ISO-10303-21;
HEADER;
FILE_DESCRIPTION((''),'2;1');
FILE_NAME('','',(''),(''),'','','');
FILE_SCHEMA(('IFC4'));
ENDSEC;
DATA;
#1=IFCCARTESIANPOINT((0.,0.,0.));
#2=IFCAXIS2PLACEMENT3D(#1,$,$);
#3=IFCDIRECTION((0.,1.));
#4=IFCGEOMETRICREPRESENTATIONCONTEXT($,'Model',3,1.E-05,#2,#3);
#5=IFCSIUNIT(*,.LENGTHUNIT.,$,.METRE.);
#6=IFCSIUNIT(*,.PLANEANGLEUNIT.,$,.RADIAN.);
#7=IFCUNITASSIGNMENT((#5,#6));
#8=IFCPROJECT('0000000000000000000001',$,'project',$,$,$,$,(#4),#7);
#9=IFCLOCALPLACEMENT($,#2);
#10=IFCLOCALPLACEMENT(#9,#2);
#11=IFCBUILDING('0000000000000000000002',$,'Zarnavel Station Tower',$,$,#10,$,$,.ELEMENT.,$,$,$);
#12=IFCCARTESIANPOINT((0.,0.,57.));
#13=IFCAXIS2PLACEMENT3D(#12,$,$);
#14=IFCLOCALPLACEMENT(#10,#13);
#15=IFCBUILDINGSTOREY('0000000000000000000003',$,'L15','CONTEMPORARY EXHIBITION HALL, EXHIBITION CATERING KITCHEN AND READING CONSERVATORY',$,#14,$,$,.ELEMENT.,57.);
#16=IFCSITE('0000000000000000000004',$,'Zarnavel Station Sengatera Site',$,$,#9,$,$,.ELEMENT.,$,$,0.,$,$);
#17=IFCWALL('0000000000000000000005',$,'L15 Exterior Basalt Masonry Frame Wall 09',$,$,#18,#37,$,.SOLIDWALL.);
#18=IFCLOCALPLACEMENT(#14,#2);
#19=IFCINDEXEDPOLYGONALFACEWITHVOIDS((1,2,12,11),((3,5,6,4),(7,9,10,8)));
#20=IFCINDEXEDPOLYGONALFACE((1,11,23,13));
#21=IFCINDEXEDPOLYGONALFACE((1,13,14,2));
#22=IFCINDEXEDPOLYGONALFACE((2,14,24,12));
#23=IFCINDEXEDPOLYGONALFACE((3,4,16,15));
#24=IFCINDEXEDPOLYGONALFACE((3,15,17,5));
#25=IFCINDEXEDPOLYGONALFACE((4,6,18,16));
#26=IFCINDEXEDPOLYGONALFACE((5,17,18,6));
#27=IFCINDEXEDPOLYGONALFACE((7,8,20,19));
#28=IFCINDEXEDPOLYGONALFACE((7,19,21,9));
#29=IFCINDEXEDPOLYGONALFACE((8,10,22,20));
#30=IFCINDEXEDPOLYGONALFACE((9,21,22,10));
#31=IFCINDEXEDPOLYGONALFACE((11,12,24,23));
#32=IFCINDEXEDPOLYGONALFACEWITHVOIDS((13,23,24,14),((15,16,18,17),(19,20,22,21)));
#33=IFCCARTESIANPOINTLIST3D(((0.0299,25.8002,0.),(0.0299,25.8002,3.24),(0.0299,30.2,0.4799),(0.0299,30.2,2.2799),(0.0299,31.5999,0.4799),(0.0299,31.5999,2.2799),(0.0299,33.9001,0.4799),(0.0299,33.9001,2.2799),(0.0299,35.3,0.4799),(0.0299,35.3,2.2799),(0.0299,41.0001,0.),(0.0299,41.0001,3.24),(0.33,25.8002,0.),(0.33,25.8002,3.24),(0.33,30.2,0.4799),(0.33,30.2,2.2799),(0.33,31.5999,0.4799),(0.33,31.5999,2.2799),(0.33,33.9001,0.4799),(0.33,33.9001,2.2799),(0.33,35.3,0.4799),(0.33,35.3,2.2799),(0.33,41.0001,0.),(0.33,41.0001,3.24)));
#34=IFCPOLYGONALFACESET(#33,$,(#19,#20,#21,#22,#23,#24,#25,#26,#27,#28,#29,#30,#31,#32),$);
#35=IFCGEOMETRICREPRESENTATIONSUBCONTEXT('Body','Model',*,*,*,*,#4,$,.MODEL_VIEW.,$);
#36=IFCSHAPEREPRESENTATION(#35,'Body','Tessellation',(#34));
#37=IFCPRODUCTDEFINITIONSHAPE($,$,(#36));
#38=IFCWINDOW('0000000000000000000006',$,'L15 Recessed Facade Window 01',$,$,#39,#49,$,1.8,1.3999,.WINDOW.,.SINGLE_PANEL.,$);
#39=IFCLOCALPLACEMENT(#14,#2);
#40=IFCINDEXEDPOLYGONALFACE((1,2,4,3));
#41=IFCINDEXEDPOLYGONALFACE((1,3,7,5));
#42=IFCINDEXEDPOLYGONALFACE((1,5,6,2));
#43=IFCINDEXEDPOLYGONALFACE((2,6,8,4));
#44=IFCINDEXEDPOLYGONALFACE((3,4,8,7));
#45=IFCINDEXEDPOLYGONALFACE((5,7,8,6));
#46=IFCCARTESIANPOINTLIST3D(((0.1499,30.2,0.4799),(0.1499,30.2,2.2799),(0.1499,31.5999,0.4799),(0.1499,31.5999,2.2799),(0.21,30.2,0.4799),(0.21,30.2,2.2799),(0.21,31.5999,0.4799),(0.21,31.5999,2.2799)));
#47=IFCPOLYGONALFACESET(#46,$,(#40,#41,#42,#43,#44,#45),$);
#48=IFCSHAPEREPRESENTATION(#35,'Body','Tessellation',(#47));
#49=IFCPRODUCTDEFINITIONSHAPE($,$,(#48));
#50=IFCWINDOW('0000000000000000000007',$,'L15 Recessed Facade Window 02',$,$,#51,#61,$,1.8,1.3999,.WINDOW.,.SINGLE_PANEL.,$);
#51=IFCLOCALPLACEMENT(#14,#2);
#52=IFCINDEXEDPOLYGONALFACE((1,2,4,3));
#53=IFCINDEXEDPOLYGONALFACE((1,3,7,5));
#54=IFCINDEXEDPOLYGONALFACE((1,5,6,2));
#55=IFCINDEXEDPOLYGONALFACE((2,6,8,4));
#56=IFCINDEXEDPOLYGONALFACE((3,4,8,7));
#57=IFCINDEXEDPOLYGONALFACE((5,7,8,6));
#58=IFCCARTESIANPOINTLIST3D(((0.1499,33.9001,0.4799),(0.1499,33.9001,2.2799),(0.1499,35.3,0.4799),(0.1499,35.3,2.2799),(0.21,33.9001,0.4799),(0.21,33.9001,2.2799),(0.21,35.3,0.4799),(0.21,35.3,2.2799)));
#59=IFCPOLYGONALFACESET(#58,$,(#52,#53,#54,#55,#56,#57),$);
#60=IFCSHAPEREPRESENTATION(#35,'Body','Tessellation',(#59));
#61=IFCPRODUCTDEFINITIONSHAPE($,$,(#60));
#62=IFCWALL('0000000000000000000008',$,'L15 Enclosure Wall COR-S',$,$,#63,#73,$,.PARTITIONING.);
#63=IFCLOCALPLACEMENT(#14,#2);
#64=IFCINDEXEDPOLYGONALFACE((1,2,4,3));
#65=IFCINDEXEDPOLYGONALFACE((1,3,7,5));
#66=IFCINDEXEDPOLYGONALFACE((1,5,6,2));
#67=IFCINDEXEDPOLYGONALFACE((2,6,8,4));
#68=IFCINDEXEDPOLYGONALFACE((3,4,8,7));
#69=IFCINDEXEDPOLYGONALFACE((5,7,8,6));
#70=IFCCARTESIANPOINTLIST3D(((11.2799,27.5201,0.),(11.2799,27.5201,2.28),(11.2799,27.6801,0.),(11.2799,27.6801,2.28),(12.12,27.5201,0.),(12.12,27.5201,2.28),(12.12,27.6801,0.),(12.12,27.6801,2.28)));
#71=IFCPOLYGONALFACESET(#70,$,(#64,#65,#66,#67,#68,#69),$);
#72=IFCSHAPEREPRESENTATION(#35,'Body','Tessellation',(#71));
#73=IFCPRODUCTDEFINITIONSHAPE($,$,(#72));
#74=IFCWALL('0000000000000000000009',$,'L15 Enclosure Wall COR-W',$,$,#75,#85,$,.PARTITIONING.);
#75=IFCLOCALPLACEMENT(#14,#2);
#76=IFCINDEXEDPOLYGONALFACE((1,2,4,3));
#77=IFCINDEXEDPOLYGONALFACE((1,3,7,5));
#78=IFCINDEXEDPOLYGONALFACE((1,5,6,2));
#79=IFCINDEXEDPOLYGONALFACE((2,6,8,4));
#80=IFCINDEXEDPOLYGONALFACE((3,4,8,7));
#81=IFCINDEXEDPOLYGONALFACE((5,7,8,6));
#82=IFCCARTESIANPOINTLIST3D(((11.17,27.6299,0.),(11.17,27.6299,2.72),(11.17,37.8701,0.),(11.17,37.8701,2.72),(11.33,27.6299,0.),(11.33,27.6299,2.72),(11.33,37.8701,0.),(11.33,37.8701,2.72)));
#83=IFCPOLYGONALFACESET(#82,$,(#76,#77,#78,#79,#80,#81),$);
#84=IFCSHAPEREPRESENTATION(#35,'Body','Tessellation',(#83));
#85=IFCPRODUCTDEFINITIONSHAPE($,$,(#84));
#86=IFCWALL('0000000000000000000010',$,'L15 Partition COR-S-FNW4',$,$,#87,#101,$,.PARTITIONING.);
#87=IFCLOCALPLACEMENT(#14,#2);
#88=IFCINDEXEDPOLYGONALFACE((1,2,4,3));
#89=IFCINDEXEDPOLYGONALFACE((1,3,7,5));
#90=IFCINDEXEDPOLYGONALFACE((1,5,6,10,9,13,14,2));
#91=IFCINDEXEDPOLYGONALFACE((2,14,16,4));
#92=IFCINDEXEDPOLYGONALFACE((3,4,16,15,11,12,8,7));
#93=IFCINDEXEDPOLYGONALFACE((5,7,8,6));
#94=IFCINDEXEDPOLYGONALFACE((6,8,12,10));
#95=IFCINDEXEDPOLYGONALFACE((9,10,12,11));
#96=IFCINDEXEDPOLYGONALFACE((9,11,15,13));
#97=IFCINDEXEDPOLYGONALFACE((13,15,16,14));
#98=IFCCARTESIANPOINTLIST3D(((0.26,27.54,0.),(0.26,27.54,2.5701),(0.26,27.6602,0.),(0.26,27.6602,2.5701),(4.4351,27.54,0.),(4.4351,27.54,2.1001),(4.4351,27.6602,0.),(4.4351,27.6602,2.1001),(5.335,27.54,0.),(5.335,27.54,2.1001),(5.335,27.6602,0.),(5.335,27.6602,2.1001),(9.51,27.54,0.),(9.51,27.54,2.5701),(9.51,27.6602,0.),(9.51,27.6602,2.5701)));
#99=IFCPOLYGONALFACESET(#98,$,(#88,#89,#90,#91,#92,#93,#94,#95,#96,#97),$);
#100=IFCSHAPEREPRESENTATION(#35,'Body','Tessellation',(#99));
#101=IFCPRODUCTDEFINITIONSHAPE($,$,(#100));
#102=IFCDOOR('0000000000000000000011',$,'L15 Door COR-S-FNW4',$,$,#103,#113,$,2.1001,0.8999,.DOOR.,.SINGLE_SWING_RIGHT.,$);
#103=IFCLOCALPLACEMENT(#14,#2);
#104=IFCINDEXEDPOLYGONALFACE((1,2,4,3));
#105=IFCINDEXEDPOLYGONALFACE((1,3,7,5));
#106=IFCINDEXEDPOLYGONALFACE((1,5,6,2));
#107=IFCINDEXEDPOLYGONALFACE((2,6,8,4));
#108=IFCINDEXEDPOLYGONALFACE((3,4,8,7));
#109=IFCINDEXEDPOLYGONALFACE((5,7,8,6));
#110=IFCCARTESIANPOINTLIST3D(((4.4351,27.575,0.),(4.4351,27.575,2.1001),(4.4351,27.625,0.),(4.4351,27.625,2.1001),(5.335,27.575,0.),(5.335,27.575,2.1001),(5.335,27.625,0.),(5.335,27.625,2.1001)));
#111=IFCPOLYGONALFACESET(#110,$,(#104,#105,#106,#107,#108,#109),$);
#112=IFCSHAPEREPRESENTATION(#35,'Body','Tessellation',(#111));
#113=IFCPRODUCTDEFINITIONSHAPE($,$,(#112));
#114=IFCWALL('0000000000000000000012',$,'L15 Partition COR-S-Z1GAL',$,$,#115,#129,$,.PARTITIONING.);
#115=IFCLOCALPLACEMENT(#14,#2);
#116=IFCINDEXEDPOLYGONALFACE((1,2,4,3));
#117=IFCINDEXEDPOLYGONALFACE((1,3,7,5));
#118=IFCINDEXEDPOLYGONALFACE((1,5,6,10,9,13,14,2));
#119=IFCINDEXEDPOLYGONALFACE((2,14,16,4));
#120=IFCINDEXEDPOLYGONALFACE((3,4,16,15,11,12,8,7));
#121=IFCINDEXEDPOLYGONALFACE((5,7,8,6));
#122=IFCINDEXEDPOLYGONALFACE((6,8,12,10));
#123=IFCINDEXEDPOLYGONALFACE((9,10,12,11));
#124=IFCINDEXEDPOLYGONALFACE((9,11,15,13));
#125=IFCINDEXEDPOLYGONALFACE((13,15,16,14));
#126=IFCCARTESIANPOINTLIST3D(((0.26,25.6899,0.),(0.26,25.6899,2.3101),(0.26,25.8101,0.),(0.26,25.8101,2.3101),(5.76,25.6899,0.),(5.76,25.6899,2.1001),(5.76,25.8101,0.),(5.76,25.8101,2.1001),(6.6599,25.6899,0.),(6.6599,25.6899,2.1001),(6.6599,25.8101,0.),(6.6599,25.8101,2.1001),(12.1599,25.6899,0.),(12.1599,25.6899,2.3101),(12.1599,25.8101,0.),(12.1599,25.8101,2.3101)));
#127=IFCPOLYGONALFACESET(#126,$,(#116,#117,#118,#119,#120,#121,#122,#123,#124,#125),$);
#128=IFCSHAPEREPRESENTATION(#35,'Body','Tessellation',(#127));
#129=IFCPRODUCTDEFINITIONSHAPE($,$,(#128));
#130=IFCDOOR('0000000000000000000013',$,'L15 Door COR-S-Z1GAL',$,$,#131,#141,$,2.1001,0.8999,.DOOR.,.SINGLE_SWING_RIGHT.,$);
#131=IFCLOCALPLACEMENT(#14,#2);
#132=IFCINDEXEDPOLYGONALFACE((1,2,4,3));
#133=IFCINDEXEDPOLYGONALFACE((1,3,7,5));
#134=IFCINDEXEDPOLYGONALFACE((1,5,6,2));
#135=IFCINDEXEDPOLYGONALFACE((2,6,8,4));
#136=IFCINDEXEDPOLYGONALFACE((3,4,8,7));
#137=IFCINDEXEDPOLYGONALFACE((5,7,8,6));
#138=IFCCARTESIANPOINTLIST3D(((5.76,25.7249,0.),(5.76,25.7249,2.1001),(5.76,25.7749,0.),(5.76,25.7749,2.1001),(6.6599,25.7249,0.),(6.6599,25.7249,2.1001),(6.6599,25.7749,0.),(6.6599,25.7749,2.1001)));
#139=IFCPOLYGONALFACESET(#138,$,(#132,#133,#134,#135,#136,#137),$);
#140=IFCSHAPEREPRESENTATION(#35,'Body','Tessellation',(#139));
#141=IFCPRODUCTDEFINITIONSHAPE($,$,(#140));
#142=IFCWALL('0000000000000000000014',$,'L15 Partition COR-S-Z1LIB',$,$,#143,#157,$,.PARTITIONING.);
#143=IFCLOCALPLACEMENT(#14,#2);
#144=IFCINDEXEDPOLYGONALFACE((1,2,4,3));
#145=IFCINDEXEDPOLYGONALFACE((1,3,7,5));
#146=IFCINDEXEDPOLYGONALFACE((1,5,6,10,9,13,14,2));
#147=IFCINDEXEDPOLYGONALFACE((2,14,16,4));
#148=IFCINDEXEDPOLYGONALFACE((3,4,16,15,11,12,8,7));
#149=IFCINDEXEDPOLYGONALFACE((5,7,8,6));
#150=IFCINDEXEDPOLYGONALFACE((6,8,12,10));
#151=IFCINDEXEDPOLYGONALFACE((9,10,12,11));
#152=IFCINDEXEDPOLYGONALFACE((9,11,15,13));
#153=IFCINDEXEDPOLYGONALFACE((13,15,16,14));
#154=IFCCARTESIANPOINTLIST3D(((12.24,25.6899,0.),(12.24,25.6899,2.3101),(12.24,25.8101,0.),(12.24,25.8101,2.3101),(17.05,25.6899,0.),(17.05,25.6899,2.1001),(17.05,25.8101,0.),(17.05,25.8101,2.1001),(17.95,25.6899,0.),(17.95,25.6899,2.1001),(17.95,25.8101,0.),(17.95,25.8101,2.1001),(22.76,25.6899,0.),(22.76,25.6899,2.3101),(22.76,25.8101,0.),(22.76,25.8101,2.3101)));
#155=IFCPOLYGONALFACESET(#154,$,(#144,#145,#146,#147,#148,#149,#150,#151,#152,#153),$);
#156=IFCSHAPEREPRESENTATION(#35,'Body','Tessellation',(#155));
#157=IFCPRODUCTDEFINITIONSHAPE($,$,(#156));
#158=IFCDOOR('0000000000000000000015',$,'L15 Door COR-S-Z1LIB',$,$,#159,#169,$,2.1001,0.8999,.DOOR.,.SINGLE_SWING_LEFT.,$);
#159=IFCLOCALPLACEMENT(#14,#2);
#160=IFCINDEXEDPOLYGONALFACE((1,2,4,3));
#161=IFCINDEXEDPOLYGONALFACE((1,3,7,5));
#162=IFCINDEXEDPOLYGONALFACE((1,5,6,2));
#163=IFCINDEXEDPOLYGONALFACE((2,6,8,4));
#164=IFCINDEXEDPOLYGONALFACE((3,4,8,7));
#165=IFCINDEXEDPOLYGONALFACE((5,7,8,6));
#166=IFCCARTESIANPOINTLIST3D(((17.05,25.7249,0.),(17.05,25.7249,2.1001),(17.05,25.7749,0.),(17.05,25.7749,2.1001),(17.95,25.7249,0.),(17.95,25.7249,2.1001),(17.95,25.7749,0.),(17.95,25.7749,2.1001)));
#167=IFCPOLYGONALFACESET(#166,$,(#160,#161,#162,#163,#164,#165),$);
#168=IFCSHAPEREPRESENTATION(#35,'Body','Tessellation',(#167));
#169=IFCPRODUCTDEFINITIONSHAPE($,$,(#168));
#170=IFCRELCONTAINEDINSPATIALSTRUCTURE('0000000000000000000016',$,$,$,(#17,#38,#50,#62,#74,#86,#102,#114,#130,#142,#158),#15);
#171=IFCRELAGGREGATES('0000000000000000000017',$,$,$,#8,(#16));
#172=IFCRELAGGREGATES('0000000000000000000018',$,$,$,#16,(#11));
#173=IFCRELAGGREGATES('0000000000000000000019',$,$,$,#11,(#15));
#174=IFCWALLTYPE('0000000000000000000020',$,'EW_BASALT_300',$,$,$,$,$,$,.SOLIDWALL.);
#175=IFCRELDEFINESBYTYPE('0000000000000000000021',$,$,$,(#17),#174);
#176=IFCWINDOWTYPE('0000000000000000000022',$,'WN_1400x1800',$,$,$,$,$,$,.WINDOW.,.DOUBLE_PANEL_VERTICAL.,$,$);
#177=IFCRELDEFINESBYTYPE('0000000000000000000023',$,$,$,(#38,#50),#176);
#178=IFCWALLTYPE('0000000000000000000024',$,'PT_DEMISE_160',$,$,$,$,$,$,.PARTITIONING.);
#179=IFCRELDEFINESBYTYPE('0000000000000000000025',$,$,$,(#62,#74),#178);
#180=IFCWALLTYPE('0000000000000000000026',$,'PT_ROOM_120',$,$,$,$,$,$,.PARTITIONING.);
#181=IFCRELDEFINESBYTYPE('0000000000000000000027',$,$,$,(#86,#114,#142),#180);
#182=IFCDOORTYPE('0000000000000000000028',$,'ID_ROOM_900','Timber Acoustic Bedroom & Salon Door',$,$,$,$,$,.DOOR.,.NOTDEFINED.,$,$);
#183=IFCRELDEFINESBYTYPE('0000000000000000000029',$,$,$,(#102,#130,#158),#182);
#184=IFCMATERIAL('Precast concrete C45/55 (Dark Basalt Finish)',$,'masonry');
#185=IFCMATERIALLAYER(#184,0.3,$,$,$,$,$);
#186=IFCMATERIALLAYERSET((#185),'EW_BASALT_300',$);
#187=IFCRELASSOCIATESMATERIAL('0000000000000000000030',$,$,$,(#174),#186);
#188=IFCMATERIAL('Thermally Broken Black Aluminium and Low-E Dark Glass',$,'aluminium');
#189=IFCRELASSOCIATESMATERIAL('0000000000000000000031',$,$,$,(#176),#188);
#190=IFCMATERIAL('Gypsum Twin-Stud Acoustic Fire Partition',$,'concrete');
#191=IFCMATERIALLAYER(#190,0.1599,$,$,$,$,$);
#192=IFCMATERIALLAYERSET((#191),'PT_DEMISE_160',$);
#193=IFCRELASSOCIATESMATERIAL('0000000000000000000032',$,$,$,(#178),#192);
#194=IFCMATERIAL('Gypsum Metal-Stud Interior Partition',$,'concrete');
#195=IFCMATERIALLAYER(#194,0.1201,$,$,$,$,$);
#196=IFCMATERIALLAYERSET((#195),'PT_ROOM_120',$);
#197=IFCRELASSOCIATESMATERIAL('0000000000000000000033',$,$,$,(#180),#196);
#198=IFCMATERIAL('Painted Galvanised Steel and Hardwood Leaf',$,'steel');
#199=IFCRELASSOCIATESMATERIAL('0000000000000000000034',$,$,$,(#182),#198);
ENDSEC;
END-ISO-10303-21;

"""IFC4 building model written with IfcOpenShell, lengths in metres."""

from ifc_helpers import new_model, si_unit, direction, frame, frame_2d, origin, place, context, subcontext, project, spatial, rectangle, extrude, material, layer, layer_set, type_object, element, fill, save


model = new_model("IFC4")

# Units and contexts
model_context = context("Model", 3, precision=1e-05, world=origin(), true_north=direction((0.0, 1.0)))
body_context = subcontext(model_context, "Body", "Model", "MODEL_VIEW")
ifc_project = project(units=[si_unit("LENGTHUNIT", "METRE"), si_unit("PLANEANGLEUNIT", "RADIAN")], contexts=[model_context])

# Site, building, storey
site_placement = place(None, origin())
site = spatial("IfcSite", under=ifc_project, at=site_placement, Name="Zarnavel Station Sengatera Site", CompositionType="ELEMENT", RefElevation=0.0)
building_placement = place(site_placement, origin())
building = spatial("IfcBuilding", under=site, at=building_placement, Name="Zarnavel Station Tower", CompositionType="ELEMENT")
storey_placement = place(building_placement, frame((0.0, 0.0, 57.0)))
storey = spatial("IfcBuildingStorey", under=building, at=storey_placement, Name="L15", Description="CONTEMPORARY EXHIBITION HALL, EXHIBITION CATERING KITCHEN AND READING CONSERVATORY", CompositionType="ELEMENT", Elevation=57.0)

# Wall, openings, windows
ifc_material_1 = material(Name="Precast concrete C45/55 (Dark Basalt Finish)", Category="masonry")
ifc_layer_1 = layer(ifc_material_1, 0.3)
ifc_layer_set_1 = layer_set([ifc_layer_1], Name="EW_BASALT_300")
wall_type_1 = type_object("IfcWallType", Name="EW_BASALT_300", PredefinedType="SOLIDWALL", material=ifc_layer_set_1)
wall_1_placement = place(storey_placement, frame((0.1799, 25.8, 0.0), z_axis=(0.0, 0.0, 1.0), x_axis=(0.0, 1.0, 0.0)))
wall_1 = element("IfcWall", 1, at=wall_1_placement, inside=storey, type_object=wall_type_1, Name="L15 Exterior Basalt Masonry Frame Wall 09", PredefinedType="SOLIDWALL", context=body_context, shape_type="SweptSolid", body=[
    extrude(rectangle(XDim=15.2, YDim=0.3, at=frame_2d((7.6001, 0.0))), origin(), (0.0, 0.0, 1.0), 3.24),
])
opening_1_placement = place(wall_1_placement, frame((4.3999, 0.0, 0.48)))
opening_1 = element("IfcOpeningElement", 2, at=opening_1_placement, cuts=wall_1, PredefinedType="OPENING", context=body_context, shape_type="SweptSolid", body=[
    extrude(rectangle(XDim=1.3999, YDim=1.8, at=frame_2d((0.7, 0.8999))), frame((0.0, 0.1599, 0.0), z_axis=(0.0, -1.0, 0.0), x_axis=(1.0, 0.0, 0.0)), (0.0, 0.0, 1.0), 0.3201),
])
opening_2_placement = place(wall_1_placement, frame((8.1001, 0.0, 0.48)))
opening_2 = element("IfcOpeningElement", 3, at=opening_2_placement, cuts=wall_1, PredefinedType="OPENING", context=body_context, shape_type="SweptSolid", body=[
    extrude(rectangle(XDim=1.3999, YDim=1.8, at=frame_2d((0.7, 0.8999))), frame((0.0, 0.1599, 0.0), z_axis=(0.0, -1.0, 0.0), x_axis=(1.0, 0.0, 0.0)), (0.0, 0.0, 1.0), 0.3201),
])
ifc_material_2 = material(Name="Thermally Broken Black Aluminium and Low-E Dark Glass", Category="aluminium")
window_type = type_object("IfcWindowType", Name="WN_1400x1800", PartitioningType="DOUBLE_PANEL_VERTICAL", PredefinedType="WINDOW", material=ifc_material_2)
window_1_placement = place(opening_1_placement, origin())
window_1 = element("IfcWindow", 4, at=window_1_placement, inside=storey, type_object=window_type, Name="L15 Recessed Facade Window 01", OverallHeight=1.8, OverallWidth=1.3999, PartitioningType="SINGLE_PANEL", PredefinedType="WINDOW", context=body_context, shape_type="SweptSolid", body=[
    extrude(rectangle(XDim=1.3999, YDim=1.8, at=frame_2d((0.7, 0.8999))), frame((0.0, 0.03, 0.0), z_axis=(0.0, -1.0, 0.0), x_axis=(1.0, 0.0, 0.0)), (0.0, 0.0, 1.0), 0.0601),
])
fill(opening_1, window_1)
window_2_placement = place(opening_2_placement, origin())
window_2 = element("IfcWindow", 5, at=window_2_placement, inside=storey, type_object=window_type, Name="L15 Recessed Facade Window 02", OverallHeight=1.8, OverallWidth=1.3999, PartitioningType="SINGLE_PANEL", PredefinedType="WINDOW", context=body_context, shape_type="SweptSolid", body=[
    extrude(rectangle(XDim=1.3999, YDim=1.8, at=frame_2d((0.7, 0.8999))), frame((0.0, 0.03, 0.0), z_axis=(0.0, -1.0, 0.0), x_axis=(1.0, 0.0, 0.0)), (0.0, 0.0, 1.0), 0.0601),
])
fill(opening_2, window_2)

# Walls
ifc_material_3 = material(Name="Gypsum Twin-Stud Acoustic Fire Partition", Category="concrete")
ifc_layer_2 = layer(ifc_material_3, 0.1599)
ifc_layer_set_2 = layer_set([ifc_layer_2], Name="PT_DEMISE_160")
wall_type_2 = type_object("IfcWallType", Name="PT_DEMISE_160", PredefinedType="PARTITIONING", material=ifc_layer_set_2)
wall_2_placement = place(storey_placement, frame((11.28, 27.6001, 0.0), z_axis=(0.0, 0.0, 1.0), x_axis=(1.0, 0.0, 0.0)))
element("IfcWall", 6, at=wall_2_placement, inside=storey, type_object=wall_type_2, Name="L15 Enclosure Wall COR-S", PredefinedType="PARTITIONING", context=body_context, shape_type="SweptSolid", body=[
    extrude(rectangle(XDim=0.8401, YDim=0.1599, at=frame_2d((0.4199, 0.0))), origin(), (0.0, 0.0, 1.0), 2.28),
])
wall_3_placement = place(storey_placement, frame((11.25, 27.6299, 0.0), z_axis=(0.0, 0.0, 1.0), x_axis=(0.0, 1.0, 0.0)))
element("IfcWall", 7, at=wall_3_placement, inside=storey, type_object=wall_type_2, Name="L15 Enclosure Wall COR-W", PredefinedType="PARTITIONING", context=body_context, shape_type="SweptSolid", body=[
    extrude(rectangle(XDim=10.2402, YDim=0.1599, at=frame_2d((5.1201, 0.0))), origin(), (0.0, 0.0, 1.0), 2.72),
])

# Walls, openings, doors
ifc_material_4 = material(Name="Gypsum Metal-Stud Interior Partition", Category="concrete")
ifc_layer_3 = layer(ifc_material_4, 0.1201)
ifc_layer_set_3 = layer_set([ifc_layer_3], Name="PT_ROOM_120")
wall_type_3 = type_object("IfcWallType", Name="PT_ROOM_120", PredefinedType="PARTITIONING", material=ifc_layer_set_3)
wall_4_placement = place(storey_placement, frame((0.26, 27.6001, 0.0), z_axis=(0.0, 0.0, 1.0), x_axis=(1.0, 0.0, 0.0)))
wall_4 = element("IfcWall", 8, at=wall_4_placement, inside=storey, type_object=wall_type_3, Name="L15 Partition COR-S-FNW4", PredefinedType="PARTITIONING", context=body_context, shape_type="SweptSolid", body=[
    extrude(rectangle(XDim=9.25, YDim=0.1201, at=frame_2d((4.625, 0.0))), origin(), (0.0, 0.0, 1.0), 2.5701),
])
opening_3_placement = place(wall_4_placement, frame((4.175, 0.0, 0.0)))
opening_3 = element("IfcOpeningElement", 9, at=opening_3_placement, cuts=wall_4, PredefinedType="OPENING", context=body_context, shape_type="SweptSolid", body=[
    extrude(rectangle(XDim=0.8999, YDim=2.1001, at=frame_2d((0.45, 1.05))), frame((0.0, 0.0701, 0.0), z_axis=(0.0, -1.0, 0.0), x_axis=(1.0, 0.0, 0.0)), (0.0, 0.0, 1.0), 0.1401),
])
ifc_material_5 = material(Name="Painted Galvanised Steel and Hardwood Leaf", Category="steel")
door_type = type_object("IfcDoorType", Name="ID_ROOM_900", Description="Timber Acoustic Bedroom & Salon Door", OperationType="NOTDEFINED", PredefinedType="DOOR", material=ifc_material_5)
door_1_placement = place(opening_3_placement, origin())
door_1 = element("IfcDoor", 10, at=door_1_placement, inside=storey, type_object=door_type, Name="L15 Door COR-S-FNW4", OperationType="SINGLE_SWING_RIGHT", OverallHeight=2.1001, OverallWidth=0.8999, PredefinedType="DOOR", context=body_context, shape_type="SweptSolid", body=[
    extrude(rectangle(XDim=0.8999, YDim=2.1001, at=frame_2d((0.45, 1.05))), frame((0.0, 0.0249, 0.0), z_axis=(0.0, -1.0, 0.0), x_axis=(1.0, 0.0, 0.0)), (0.0, 0.0, 1.0), 0.05),
])
fill(opening_3, door_1)
wall_5_placement = place(storey_placement, frame((0.26, 25.75, 0.0), z_axis=(0.0, 0.0, 1.0), x_axis=(1.0, 0.0, 0.0)))
wall_5 = element("IfcWall", 11, at=wall_5_placement, inside=storey, type_object=wall_type_3, Name="L15 Partition COR-S-Z1GAL", PredefinedType="PARTITIONING", context=body_context, shape_type="SweptSolid", body=[
    extrude(rectangle(XDim=11.8999, YDim=0.1201, at=frame_2d((5.95, 0.0))), origin(), (0.0, 0.0, 1.0), 2.3101),
])
opening_4_placement = place(wall_5_placement, frame((5.5, 0.0, 0.0)))
opening_4 = element("IfcOpeningElement", 12, at=opening_4_placement, cuts=wall_5, PredefinedType="OPENING", context=body_context, shape_type="SweptSolid", body=[
    extrude(rectangle(XDim=0.8999, YDim=2.1001, at=frame_2d((0.45, 1.05))), frame((0.0, 0.0701, 0.0), z_axis=(0.0, -1.0, 0.0), x_axis=(1.0, 0.0, 0.0)), (0.0, 0.0, 1.0), 0.1401),
])
door_2_placement = place(opening_4_placement, origin())
door_2 = element("IfcDoor", 13, at=door_2_placement, inside=storey, type_object=door_type, Name="L15 Door COR-S-Z1GAL", OperationType="SINGLE_SWING_RIGHT", OverallHeight=2.1001, OverallWidth=0.8999, PredefinedType="DOOR", context=body_context, shape_type="SweptSolid", body=[
    extrude(rectangle(XDim=0.8999, YDim=2.1001, at=frame_2d((0.45, 1.05))), frame((0.0, 0.0249, 0.0), z_axis=(0.0, -1.0, 0.0), x_axis=(1.0, 0.0, 0.0)), (0.0, 0.0, 1.0), 0.05),
])
fill(opening_4, door_2)
wall_6_placement = place(storey_placement, frame((12.24, 25.75, 0.0), z_axis=(0.0, 0.0, 1.0), x_axis=(1.0, 0.0, 0.0)))
wall_6 = element("IfcWall", 14, at=wall_6_placement, inside=storey, type_object=wall_type_3, Name="L15 Partition COR-S-Z1LIB", PredefinedType="PARTITIONING", context=body_context, shape_type="SweptSolid", body=[
    extrude(rectangle(XDim=10.52, YDim=0.1201, at=frame_2d((5.26, 0.0))), origin(), (0.0, 0.0, 1.0), 2.3101),
])
opening_5_placement = place(wall_6_placement, frame((4.8101, 0.0, 0.0)))
opening_5 = element("IfcOpeningElement", 15, at=opening_5_placement, cuts=wall_6, PredefinedType="OPENING", context=body_context, shape_type="SweptSolid", body=[
    extrude(rectangle(XDim=0.8999, YDim=2.1001, at=frame_2d((0.45, 1.05))), frame((0.0, 0.0701, 0.0), z_axis=(0.0, -1.0, 0.0), x_axis=(1.0, 0.0, 0.0)), (0.0, 0.0, 1.0), 0.1401),
])
door_3_placement = place(opening_5_placement, origin())
door_3 = element("IfcDoor", 16, at=door_3_placement, inside=storey, type_object=door_type, Name="L15 Door COR-S-Z1LIB", OperationType="SINGLE_SWING_LEFT", OverallHeight=2.1001, OverallWidth=0.8999, PredefinedType="DOOR", context=body_context, shape_type="SweptSolid", body=[
    extrude(rectangle(XDim=0.8999, YDim=2.1001, at=frame_2d((0.45, 1.05))), frame((0.0, 0.0249, 0.0), z_axis=(0.0, -1.0, 0.0), x_axis=(1.0, 0.0, 0.0)), (0.0, 0.0, 1.0), 0.05),
])
fill(opening_5, door_3)

save(model, "model.ifc")
